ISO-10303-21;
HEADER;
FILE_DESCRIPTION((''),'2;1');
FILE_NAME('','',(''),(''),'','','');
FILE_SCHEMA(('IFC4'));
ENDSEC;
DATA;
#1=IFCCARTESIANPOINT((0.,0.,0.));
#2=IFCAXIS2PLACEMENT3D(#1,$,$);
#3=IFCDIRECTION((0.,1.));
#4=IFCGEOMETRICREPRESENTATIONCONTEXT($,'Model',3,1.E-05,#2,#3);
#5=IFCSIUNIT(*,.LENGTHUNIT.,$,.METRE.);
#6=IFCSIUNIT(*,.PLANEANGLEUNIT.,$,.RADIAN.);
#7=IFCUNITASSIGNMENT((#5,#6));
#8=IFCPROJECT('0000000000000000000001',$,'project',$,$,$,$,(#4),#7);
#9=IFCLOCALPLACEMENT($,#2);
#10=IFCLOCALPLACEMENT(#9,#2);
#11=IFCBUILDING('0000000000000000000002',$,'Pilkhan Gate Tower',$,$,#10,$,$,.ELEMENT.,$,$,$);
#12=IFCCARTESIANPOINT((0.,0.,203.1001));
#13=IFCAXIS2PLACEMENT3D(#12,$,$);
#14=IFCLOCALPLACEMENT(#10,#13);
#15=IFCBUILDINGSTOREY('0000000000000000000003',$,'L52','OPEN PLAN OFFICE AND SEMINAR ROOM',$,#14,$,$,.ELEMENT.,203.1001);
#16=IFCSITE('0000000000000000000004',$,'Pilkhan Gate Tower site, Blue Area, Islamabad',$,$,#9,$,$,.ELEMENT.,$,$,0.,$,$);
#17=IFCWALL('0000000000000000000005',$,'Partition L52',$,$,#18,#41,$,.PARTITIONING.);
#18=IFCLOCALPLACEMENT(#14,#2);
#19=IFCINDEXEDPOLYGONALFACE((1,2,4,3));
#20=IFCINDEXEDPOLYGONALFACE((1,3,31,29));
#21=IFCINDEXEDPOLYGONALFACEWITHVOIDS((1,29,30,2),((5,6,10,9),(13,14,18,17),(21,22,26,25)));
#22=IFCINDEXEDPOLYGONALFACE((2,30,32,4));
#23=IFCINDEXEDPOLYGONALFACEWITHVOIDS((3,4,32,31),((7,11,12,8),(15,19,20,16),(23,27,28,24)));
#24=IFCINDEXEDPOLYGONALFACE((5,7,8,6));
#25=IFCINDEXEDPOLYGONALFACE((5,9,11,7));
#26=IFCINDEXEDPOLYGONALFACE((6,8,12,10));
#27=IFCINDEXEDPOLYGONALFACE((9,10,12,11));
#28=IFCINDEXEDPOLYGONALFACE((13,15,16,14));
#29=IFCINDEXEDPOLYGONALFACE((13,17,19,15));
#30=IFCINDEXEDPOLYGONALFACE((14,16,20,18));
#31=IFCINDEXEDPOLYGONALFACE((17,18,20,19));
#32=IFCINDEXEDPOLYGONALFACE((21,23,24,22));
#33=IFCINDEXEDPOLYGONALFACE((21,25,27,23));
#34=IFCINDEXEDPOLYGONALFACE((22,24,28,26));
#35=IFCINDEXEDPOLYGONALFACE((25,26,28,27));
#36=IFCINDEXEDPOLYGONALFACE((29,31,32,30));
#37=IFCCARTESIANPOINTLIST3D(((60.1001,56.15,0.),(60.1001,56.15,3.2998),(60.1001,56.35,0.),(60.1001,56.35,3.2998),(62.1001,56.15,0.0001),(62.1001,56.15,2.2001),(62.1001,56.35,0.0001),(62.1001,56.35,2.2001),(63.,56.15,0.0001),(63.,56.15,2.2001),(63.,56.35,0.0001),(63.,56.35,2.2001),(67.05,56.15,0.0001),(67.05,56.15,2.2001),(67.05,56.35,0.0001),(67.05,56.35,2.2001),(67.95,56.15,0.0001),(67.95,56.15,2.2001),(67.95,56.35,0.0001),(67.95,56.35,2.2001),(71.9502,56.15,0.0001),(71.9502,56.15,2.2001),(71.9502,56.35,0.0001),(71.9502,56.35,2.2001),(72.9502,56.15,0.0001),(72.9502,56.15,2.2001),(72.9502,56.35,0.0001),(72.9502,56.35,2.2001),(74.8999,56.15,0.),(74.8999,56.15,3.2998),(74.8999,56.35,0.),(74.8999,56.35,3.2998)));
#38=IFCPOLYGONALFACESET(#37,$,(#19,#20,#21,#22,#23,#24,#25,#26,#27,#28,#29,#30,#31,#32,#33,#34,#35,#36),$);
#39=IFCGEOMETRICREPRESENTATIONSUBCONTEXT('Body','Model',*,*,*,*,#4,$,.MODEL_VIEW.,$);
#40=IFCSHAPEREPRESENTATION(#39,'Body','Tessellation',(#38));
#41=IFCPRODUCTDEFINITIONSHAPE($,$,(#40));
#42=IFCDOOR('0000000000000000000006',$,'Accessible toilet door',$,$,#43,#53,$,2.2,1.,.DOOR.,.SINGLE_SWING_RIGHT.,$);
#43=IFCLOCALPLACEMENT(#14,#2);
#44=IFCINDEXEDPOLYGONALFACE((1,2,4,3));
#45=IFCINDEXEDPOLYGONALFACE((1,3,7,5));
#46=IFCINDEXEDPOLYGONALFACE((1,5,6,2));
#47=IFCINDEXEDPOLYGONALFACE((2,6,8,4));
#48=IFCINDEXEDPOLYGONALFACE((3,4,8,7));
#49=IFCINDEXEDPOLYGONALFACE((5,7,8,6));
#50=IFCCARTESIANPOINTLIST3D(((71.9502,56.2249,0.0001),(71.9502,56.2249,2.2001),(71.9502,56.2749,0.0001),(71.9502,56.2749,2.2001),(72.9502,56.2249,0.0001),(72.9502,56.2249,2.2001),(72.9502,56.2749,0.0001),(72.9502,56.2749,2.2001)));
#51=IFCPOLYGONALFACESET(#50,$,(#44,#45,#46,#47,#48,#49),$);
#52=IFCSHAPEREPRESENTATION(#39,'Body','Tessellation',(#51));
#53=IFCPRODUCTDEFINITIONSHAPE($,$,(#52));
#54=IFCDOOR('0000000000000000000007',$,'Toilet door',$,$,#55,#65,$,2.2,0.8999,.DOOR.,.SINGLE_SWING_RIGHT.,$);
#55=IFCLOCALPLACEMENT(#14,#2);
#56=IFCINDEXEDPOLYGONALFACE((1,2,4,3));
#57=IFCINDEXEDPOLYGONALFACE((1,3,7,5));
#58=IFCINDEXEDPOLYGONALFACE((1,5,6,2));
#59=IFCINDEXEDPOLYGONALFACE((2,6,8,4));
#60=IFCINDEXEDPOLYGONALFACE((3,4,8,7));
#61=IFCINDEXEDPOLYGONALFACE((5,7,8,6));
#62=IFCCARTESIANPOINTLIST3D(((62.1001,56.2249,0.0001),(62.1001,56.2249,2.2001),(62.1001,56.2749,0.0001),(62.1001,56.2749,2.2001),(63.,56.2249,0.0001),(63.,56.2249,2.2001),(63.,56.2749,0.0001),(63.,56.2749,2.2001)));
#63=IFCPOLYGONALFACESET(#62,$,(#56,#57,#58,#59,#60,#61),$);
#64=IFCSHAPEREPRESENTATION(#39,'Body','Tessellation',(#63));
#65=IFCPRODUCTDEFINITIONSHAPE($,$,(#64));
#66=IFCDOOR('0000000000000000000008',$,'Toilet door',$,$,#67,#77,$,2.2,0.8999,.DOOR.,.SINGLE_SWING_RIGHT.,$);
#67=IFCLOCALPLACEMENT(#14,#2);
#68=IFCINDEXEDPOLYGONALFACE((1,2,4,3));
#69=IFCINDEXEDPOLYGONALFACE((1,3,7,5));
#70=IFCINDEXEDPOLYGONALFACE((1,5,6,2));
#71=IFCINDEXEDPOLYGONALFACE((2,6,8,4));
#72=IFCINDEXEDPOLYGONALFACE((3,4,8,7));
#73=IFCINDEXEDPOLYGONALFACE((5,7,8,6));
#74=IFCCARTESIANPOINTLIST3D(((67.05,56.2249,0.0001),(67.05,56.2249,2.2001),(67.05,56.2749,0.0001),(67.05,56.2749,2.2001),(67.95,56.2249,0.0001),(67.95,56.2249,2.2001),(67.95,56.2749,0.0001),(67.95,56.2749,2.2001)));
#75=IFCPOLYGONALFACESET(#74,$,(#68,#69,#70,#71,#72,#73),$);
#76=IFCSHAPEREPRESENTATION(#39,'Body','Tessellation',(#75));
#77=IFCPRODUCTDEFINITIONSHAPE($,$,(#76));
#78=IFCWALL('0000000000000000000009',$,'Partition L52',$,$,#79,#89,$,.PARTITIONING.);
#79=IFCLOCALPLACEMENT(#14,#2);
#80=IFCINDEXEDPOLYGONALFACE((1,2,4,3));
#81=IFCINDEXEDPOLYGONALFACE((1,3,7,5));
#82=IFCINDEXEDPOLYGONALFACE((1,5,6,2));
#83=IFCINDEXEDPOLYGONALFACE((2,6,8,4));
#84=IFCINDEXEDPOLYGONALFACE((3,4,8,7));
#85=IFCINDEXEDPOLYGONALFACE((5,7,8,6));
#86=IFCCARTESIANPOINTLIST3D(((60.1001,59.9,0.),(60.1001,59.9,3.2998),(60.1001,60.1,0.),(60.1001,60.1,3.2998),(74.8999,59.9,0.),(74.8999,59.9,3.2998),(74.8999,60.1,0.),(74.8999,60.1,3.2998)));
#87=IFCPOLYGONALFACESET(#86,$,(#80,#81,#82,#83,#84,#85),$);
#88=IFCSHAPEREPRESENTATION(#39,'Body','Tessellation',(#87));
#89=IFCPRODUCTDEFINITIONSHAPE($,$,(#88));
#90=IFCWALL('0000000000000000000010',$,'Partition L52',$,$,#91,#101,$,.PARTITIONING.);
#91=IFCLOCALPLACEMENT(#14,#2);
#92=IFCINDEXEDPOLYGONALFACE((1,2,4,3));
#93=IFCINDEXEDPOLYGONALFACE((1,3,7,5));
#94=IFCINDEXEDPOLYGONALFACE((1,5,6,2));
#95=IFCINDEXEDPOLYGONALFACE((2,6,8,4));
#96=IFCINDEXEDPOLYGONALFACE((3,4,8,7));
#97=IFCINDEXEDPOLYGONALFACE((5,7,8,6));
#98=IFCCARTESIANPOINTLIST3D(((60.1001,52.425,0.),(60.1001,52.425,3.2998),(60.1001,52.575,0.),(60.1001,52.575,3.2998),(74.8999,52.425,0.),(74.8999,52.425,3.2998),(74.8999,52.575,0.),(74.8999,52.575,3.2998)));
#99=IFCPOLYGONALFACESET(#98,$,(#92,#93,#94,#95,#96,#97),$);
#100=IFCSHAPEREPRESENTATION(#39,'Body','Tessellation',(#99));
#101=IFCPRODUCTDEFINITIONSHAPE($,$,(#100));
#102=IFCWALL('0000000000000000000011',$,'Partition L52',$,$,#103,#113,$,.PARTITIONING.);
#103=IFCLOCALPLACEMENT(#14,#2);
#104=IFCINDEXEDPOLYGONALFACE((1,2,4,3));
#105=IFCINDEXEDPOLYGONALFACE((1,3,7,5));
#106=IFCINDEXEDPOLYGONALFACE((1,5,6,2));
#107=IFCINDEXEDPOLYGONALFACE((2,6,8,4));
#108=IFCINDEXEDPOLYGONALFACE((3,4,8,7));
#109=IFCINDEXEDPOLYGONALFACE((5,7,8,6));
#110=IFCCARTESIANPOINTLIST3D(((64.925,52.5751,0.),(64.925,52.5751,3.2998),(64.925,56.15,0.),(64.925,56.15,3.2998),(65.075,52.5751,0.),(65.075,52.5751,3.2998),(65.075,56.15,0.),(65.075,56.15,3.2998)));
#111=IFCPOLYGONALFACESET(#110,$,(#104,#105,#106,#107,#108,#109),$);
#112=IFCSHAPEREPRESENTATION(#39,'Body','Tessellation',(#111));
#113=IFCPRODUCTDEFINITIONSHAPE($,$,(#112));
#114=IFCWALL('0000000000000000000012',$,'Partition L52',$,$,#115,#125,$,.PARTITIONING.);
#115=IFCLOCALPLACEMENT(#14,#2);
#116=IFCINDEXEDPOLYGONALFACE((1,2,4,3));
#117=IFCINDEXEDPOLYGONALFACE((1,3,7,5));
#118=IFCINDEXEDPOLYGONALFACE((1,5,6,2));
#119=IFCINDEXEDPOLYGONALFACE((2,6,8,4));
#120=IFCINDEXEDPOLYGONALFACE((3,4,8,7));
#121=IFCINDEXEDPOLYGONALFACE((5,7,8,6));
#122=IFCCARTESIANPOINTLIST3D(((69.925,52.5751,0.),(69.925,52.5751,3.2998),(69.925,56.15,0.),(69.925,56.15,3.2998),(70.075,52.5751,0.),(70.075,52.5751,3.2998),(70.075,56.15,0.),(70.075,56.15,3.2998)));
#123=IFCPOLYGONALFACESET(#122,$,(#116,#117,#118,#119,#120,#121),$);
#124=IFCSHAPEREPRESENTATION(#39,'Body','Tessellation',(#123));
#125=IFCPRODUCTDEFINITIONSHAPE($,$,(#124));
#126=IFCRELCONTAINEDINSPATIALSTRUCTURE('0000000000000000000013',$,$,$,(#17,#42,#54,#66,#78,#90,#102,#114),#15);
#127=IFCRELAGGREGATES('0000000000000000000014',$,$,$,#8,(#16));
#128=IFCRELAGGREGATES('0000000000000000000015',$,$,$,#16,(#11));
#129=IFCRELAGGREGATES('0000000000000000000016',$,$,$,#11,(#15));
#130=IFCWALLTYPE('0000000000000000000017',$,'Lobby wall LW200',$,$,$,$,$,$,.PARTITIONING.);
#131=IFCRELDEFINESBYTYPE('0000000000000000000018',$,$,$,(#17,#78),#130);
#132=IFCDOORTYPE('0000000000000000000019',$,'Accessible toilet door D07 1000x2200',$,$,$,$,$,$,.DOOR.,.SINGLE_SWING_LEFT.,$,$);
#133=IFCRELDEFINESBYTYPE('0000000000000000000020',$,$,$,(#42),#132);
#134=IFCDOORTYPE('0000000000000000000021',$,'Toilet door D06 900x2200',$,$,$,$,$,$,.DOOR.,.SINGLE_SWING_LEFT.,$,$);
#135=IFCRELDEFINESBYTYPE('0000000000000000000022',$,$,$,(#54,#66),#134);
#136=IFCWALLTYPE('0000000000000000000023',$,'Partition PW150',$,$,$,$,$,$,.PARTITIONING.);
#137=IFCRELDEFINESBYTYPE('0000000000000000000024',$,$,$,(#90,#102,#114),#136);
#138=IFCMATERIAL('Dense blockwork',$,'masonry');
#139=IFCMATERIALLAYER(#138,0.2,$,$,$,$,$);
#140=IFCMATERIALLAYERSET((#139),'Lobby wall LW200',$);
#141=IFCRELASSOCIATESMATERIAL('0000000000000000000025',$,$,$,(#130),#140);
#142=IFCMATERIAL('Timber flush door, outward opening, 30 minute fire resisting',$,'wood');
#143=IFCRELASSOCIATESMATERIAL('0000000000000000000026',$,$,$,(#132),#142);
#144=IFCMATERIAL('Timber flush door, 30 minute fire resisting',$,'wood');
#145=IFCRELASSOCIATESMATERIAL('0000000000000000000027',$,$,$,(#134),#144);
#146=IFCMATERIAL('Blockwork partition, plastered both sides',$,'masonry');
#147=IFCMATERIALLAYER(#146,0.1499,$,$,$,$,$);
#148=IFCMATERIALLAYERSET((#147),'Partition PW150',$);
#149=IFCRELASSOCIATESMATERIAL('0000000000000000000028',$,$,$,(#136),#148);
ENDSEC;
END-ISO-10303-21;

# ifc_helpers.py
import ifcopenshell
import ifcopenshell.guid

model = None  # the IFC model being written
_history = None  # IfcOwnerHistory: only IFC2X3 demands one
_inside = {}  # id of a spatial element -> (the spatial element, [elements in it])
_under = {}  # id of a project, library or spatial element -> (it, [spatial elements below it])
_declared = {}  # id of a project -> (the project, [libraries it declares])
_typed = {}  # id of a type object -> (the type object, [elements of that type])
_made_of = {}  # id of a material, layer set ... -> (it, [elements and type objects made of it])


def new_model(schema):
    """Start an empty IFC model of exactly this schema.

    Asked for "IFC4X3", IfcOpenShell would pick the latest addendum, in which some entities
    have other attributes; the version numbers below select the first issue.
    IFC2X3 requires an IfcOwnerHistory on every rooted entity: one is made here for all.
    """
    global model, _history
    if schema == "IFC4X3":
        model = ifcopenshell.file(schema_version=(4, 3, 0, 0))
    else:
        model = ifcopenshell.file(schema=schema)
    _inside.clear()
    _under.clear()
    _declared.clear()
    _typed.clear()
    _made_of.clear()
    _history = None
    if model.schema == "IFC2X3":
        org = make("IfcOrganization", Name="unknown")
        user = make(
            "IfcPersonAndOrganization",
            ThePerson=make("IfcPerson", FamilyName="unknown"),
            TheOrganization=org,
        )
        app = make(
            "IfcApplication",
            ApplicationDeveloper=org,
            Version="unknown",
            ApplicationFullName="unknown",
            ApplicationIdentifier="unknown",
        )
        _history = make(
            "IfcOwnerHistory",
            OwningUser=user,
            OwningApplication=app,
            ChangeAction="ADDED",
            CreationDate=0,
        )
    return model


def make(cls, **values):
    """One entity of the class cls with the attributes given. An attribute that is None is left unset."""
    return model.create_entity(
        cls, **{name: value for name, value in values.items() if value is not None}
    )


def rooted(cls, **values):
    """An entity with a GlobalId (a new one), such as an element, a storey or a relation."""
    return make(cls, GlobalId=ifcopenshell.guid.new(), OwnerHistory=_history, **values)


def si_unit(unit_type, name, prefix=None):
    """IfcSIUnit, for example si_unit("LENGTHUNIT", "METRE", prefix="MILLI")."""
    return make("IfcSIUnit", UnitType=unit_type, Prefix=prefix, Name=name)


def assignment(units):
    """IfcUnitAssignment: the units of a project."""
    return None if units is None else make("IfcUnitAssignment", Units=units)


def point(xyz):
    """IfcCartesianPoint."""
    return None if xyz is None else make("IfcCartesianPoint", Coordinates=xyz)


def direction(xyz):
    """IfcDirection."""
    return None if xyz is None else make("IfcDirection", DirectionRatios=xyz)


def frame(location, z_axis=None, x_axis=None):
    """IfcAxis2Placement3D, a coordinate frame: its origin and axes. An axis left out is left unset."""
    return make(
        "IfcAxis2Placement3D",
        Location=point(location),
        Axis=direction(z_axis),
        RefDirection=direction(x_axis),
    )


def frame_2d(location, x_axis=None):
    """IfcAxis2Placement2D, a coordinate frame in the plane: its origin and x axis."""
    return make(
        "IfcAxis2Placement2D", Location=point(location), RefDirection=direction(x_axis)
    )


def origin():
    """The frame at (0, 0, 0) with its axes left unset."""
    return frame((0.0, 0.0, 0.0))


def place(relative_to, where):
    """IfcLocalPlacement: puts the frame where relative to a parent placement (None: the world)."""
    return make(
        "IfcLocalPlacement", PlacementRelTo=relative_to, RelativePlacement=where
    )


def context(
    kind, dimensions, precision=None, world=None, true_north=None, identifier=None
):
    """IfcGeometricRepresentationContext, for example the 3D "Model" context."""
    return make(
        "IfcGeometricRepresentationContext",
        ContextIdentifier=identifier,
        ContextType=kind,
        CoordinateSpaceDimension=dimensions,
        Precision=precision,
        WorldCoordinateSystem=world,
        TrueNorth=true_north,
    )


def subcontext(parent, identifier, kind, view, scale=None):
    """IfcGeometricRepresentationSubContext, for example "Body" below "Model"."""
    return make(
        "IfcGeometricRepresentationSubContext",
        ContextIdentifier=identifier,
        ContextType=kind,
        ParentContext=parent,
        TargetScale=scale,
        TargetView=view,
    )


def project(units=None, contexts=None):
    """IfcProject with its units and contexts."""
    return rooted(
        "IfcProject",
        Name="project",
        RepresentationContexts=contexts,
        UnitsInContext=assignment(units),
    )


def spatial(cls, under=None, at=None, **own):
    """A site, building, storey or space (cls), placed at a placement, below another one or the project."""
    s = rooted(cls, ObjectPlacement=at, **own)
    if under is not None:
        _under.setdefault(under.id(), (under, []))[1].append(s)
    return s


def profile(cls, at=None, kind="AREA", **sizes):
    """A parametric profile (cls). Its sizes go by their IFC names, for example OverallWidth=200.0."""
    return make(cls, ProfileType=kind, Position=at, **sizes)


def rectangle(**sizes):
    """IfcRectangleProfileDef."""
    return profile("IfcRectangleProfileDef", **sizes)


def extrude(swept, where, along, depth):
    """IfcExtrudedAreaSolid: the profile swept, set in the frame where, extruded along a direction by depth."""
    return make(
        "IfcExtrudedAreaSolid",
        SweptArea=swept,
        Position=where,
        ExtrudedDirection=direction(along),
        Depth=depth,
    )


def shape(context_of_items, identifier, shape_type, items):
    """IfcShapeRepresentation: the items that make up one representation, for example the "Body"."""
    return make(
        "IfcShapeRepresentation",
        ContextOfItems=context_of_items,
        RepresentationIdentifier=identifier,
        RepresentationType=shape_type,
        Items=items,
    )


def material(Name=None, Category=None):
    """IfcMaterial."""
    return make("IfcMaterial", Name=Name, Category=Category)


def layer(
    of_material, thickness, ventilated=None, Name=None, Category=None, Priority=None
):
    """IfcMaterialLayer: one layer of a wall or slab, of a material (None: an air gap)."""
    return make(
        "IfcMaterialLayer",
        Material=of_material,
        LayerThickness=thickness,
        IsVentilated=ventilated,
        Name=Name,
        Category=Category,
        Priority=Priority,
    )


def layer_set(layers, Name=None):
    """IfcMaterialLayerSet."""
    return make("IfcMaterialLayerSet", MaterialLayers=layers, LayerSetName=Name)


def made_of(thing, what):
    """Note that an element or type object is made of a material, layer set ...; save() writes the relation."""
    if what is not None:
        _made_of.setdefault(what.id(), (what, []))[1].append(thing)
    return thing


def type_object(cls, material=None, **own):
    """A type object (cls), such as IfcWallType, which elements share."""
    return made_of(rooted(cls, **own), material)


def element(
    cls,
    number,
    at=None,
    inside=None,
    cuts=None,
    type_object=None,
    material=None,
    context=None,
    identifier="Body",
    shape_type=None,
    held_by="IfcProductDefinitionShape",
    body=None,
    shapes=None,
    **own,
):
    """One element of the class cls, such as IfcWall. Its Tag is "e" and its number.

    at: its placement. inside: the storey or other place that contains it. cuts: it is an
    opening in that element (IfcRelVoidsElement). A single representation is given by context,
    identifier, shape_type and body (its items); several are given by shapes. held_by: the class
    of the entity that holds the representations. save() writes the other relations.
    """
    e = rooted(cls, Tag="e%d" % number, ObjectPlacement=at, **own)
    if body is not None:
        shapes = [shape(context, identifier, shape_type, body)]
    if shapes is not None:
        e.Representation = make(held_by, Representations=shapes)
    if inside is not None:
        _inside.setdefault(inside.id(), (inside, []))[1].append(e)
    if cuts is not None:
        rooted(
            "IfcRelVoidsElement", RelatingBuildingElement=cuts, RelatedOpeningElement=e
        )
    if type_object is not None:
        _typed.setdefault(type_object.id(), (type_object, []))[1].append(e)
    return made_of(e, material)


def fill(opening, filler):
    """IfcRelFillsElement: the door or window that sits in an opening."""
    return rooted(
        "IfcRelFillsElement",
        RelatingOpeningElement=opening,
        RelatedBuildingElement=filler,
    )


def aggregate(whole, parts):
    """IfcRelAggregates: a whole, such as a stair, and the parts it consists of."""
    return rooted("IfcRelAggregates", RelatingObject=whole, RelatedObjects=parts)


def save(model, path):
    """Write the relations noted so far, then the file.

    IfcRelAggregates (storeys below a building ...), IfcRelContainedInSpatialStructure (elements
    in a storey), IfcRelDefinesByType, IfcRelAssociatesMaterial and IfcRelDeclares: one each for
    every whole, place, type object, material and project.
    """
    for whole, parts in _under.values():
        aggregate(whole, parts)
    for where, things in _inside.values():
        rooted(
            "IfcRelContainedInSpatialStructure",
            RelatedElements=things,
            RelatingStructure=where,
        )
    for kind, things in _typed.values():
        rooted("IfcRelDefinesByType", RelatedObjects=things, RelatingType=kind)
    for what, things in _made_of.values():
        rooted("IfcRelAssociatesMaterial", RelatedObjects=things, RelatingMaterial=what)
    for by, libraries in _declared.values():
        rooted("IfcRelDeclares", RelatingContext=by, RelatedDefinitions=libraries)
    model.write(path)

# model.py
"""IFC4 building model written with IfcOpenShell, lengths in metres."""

from ifc_helpers import new_model, si_unit, direction, frame, frame_2d, origin, place, context, subcontext, project, spatial, rectangle, extrude, material, layer, layer_set, type_object, element, fill, save


model = new_model("IFC4")

# Units and contexts
model_context = context("Model", 3, precision=1e-05, world=origin(), true_north=direction((0.0, 1.0)))
body_context = subcontext(model_context, "Body", "Model", "MODEL_VIEW")
ifc_project = project(units=[si_unit("LENGTHUNIT", "METRE"), si_unit("PLANEANGLEUNIT", "RADIAN")], contexts=[model_context])

# Site, building, storey
site_placement = place(None, origin())
site = spatial("IfcSite", under=ifc_project, at=site_placement, Name="Pilkhan Gate Tower site, Blue Area, Islamabad", CompositionType="ELEMENT", RefElevation=0.0)
building_placement = place(site_placement, origin())
building = spatial("IfcBuilding", under=site, at=building_placement, Name="Pilkhan Gate Tower", CompositionType="ELEMENT")
storey_placement = place(building_placement, frame((0.0, 0.0, 203.1001)))
storey = spatial("IfcBuildingStorey", under=building, at=storey_placement, Name="L52", Description="OPEN PLAN OFFICE AND SEMINAR ROOM", CompositionType="ELEMENT", Elevation=203.1001)

# Shared definitions
ifc_material_1 = material(Name="Dense blockwork", Category="masonry")
ifc_material_2 = material(Name="Timber flush door, 30 minute fire resisting", Category="wood")

# Wall, openings, doors
ifc_layer_1 = layer(ifc_material_1, 0.2)
ifc_layer_set_1 = layer_set([ifc_layer_1], Name="Lobby wall LW200")
wall_type_1 = type_object("IfcWallType", Name="Lobby wall LW200", PredefinedType="PARTITIONING", material=ifc_layer_set_1)
wall_1_placement = place(storey_placement, frame((60.1001, 56.25, 0.0), z_axis=(0.0, 0.0, 1.0), x_axis=(1.0, 0.0, 0.0)))
wall_1 = element("IfcWall", 1, at=wall_1_placement, inside=storey, type_object=wall_type_1, Name="Partition L52", PredefinedType="PARTITIONING", context=body_context, shape_type="SweptSolid", body=[
    extrude(rectangle(XDim=14.7998, YDim=0.2, at=frame_2d((7.3999, 0.0))), origin(), (0.0, 0.0, 1.0), 3.2998),
])
opening_1_placement = place(wall_1_placement, frame((2.0, 0.0, 0.0)))
opening_1 = element("IfcOpeningElement", 2, at=opening_1_placement, cuts=wall_1, PredefinedType="OPENING", context=body_context, shape_type="SweptSolid", body=[
    extrude(rectangle(XDim=0.8999, YDim=2.2, at=frame_2d((0.45, 1.1001))), frame((0.0, 0.1099, 0.0), z_axis=(0.0, -1.0, 0.0), x_axis=(1.0, 0.0, 0.0)), (0.0, 0.0, 1.0), 0.22),
])
opening_2_placement = place(wall_1_placement, frame((6.95, 0.0, 0.0)))
opening_2 = element("IfcOpeningElement", 3, at=opening_2_placement, cuts=wall_1, PredefinedType="OPENING", context=body_context, shape_type="SweptSolid", body=[
    extrude(rectangle(XDim=0.8999, YDim=2.2, at=frame_2d((0.45, 1.1001))), frame((0.0, 0.1099, 0.0), z_axis=(0.0, -1.0, 0.0), x_axis=(1.0, 0.0, 0.0)), (0.0, 0.0, 1.0), 0.22),
])
opening_3_placement = place(wall_1_placement, frame((11.8501, 0.0, 0.0)))
opening_3 = element("IfcOpeningElement", 4, at=opening_3_placement, cuts=wall_1, PredefinedType="OPENING", context=body_context, shape_type="SweptSolid", body=[
    extrude(rectangle(XDim=1.0, YDim=2.2, at=frame_2d((0.5, 1.1001))), frame((0.0, 0.1099, 0.0), z_axis=(0.0, -1.0, 0.0), x_axis=(1.0, 0.0, 0.0)), (0.0, 0.0, 1.0), 0.22),
])
ifc_material_3 = material(Name="Timber flush door, outward opening, 30 minute fire resisting", Category="wood")
door_type_1 = type_object("IfcDoorType", Name="Accessible toilet door D07 1000x2200", OperationType="SINGLE_SWING_LEFT", PredefinedType="DOOR", material=ifc_material_3)
door_1_placement = place(opening_3_placement, origin())
door_1 = element("IfcDoor", 5, at=door_1_placement, inside=storey, type_object=door_type_1, Name="Accessible toilet door", OperationType="SINGLE_SWING_RIGHT", OverallHeight=2.2, OverallWidth=1.0, PredefinedType="DOOR", context=body_context, shape_type="SweptSolid", body=[
    extrude(rectangle(XDim=1.0, YDim=2.2, at=frame_2d((0.5, 1.1001))), frame((0.0, 0.0249, 0.0), z_axis=(0.0, -1.0, 0.0), x_axis=(1.0, 0.0, 0.0)), (0.0, 0.0, 1.0), 0.05),
])
fill(opening_3, door_1)
door_type_2 = type_object("IfcDoorType", Name="Toilet door D06 900x2200", OperationType="SINGLE_SWING_LEFT", PredefinedType="DOOR", material=ifc_material_2)
door_2_placement = place(opening_1_placement, origin())
door_2 = element("IfcDoor", 6, at=door_2_placement, inside=storey, type_object=door_type_2, Name="Toilet door", OperationType="SINGLE_SWING_RIGHT", OverallHeight=2.2, OverallWidth=0.8999, PredefinedType="DOOR", context=body_context, shape_type="SweptSolid", body=[
    extrude(rectangle(XDim=0.8999, YDim=2.2, at=frame_2d((0.45, 1.1001))), frame((0.0, 0.0249, 0.0), z_axis=(0.0, -1.0, 0.0), x_axis=(1.0, 0.0, 0.0)), (0.0, 0.0, 1.0), 0.05),
])
fill(opening_1, door_2)
door_3_placement = place(opening_2_placement, origin())
door_3 = element("IfcDoor", 7, at=door_3_placement, inside=storey, type_object=door_type_2, Name="Toilet door", OperationType="SINGLE_SWING_RIGHT", OverallHeight=2.2, OverallWidth=0.8999, PredefinedType="DOOR", context=body_context, shape_type="SweptSolid", body=[
    extrude(rectangle(XDim=0.8999, YDim=2.2, at=frame_2d((0.45, 1.1001))), frame((0.0, 0.0249, 0.0), z_axis=(0.0, -1.0, 0.0), x_axis=(1.0, 0.0, 0.0)), (0.0, 0.0, 1.0), 0.05),
])
fill(opening_2, door_3)

# Walls
wall_2_placement = place(storey_placement, frame((60.1001, 60.0, 0.0), z_axis=(0.0, 0.0, 1.0), x_axis=(1.0, 0.0, 0.0)))
element("IfcWall", 8, at=wall_2_placement, inside=storey, type_object=wall_type_1, Name="Partition L52", PredefinedType="PARTITIONING", context=body_context, shape_type="SweptSolid", body=[
    extrude(rectangle(XDim=14.7998, YDim=0.2, at=frame_2d((7.3999, 0.0))), origin(), (0.0, 0.0, 1.0), 3.2998),
])
ifc_material_4 = material(Name="Blockwork partition, plastered both sides", Category="masonry")
ifc_layer_2 = layer(ifc_material_4, 0.1499)
ifc_layer_set_2 = layer_set([ifc_layer_2], Name="Partition PW150")
wall_type_2 = type_object("IfcWallType", Name="Partition PW150", PredefinedType="PARTITIONING", material=ifc_layer_set_2)
wall_3_placement = place(storey_placement, frame((60.1001, 52.5, 0.0), z_axis=(0.0, 0.0, 1.0), x_axis=(1.0, 0.0, 0.0)))
element("IfcWall", 9, at=wall_3_placement, inside=storey, type_object=wall_type_2, Name="Partition L52", PredefinedType="PARTITIONING", context=body_context, shape_type="SweptSolid", body=[
    extrude(rectangle(XDim=14.7998, YDim=0.1499, at=frame_2d((7.3999, 0.0))), origin(), (0.0, 0.0, 1.0), 3.2998),
])
for number, where, z_axis, x_axis, name in (
    (10, (65.0, 52.575, 0.0), (0.0, 0.0, 1.0), (0.0, 1.0, 0.0), "Partition L52"),
    (11, (70.0, 52.575, 0.0), (0.0, 0.0, 1.0), (0.0, 1.0, 0.0), "Partition L52"),
):
    element("IfcWall", number, at=place(storey_placement, frame(where, z_axis=z_axis, x_axis=x_axis)), inside=storey, type_object=wall_type_2, Name=name, PredefinedType="PARTITIONING", context=body_context, shape_type="SweptSolid", body=[
        extrude(rectangle(XDim=3.575, YDim=0.1499, at=frame_2d((1.7876, 0.0))), origin(), (0.0, 0.0, 1.0), 3.2998),
    ])

save(model, "model.ifc")
